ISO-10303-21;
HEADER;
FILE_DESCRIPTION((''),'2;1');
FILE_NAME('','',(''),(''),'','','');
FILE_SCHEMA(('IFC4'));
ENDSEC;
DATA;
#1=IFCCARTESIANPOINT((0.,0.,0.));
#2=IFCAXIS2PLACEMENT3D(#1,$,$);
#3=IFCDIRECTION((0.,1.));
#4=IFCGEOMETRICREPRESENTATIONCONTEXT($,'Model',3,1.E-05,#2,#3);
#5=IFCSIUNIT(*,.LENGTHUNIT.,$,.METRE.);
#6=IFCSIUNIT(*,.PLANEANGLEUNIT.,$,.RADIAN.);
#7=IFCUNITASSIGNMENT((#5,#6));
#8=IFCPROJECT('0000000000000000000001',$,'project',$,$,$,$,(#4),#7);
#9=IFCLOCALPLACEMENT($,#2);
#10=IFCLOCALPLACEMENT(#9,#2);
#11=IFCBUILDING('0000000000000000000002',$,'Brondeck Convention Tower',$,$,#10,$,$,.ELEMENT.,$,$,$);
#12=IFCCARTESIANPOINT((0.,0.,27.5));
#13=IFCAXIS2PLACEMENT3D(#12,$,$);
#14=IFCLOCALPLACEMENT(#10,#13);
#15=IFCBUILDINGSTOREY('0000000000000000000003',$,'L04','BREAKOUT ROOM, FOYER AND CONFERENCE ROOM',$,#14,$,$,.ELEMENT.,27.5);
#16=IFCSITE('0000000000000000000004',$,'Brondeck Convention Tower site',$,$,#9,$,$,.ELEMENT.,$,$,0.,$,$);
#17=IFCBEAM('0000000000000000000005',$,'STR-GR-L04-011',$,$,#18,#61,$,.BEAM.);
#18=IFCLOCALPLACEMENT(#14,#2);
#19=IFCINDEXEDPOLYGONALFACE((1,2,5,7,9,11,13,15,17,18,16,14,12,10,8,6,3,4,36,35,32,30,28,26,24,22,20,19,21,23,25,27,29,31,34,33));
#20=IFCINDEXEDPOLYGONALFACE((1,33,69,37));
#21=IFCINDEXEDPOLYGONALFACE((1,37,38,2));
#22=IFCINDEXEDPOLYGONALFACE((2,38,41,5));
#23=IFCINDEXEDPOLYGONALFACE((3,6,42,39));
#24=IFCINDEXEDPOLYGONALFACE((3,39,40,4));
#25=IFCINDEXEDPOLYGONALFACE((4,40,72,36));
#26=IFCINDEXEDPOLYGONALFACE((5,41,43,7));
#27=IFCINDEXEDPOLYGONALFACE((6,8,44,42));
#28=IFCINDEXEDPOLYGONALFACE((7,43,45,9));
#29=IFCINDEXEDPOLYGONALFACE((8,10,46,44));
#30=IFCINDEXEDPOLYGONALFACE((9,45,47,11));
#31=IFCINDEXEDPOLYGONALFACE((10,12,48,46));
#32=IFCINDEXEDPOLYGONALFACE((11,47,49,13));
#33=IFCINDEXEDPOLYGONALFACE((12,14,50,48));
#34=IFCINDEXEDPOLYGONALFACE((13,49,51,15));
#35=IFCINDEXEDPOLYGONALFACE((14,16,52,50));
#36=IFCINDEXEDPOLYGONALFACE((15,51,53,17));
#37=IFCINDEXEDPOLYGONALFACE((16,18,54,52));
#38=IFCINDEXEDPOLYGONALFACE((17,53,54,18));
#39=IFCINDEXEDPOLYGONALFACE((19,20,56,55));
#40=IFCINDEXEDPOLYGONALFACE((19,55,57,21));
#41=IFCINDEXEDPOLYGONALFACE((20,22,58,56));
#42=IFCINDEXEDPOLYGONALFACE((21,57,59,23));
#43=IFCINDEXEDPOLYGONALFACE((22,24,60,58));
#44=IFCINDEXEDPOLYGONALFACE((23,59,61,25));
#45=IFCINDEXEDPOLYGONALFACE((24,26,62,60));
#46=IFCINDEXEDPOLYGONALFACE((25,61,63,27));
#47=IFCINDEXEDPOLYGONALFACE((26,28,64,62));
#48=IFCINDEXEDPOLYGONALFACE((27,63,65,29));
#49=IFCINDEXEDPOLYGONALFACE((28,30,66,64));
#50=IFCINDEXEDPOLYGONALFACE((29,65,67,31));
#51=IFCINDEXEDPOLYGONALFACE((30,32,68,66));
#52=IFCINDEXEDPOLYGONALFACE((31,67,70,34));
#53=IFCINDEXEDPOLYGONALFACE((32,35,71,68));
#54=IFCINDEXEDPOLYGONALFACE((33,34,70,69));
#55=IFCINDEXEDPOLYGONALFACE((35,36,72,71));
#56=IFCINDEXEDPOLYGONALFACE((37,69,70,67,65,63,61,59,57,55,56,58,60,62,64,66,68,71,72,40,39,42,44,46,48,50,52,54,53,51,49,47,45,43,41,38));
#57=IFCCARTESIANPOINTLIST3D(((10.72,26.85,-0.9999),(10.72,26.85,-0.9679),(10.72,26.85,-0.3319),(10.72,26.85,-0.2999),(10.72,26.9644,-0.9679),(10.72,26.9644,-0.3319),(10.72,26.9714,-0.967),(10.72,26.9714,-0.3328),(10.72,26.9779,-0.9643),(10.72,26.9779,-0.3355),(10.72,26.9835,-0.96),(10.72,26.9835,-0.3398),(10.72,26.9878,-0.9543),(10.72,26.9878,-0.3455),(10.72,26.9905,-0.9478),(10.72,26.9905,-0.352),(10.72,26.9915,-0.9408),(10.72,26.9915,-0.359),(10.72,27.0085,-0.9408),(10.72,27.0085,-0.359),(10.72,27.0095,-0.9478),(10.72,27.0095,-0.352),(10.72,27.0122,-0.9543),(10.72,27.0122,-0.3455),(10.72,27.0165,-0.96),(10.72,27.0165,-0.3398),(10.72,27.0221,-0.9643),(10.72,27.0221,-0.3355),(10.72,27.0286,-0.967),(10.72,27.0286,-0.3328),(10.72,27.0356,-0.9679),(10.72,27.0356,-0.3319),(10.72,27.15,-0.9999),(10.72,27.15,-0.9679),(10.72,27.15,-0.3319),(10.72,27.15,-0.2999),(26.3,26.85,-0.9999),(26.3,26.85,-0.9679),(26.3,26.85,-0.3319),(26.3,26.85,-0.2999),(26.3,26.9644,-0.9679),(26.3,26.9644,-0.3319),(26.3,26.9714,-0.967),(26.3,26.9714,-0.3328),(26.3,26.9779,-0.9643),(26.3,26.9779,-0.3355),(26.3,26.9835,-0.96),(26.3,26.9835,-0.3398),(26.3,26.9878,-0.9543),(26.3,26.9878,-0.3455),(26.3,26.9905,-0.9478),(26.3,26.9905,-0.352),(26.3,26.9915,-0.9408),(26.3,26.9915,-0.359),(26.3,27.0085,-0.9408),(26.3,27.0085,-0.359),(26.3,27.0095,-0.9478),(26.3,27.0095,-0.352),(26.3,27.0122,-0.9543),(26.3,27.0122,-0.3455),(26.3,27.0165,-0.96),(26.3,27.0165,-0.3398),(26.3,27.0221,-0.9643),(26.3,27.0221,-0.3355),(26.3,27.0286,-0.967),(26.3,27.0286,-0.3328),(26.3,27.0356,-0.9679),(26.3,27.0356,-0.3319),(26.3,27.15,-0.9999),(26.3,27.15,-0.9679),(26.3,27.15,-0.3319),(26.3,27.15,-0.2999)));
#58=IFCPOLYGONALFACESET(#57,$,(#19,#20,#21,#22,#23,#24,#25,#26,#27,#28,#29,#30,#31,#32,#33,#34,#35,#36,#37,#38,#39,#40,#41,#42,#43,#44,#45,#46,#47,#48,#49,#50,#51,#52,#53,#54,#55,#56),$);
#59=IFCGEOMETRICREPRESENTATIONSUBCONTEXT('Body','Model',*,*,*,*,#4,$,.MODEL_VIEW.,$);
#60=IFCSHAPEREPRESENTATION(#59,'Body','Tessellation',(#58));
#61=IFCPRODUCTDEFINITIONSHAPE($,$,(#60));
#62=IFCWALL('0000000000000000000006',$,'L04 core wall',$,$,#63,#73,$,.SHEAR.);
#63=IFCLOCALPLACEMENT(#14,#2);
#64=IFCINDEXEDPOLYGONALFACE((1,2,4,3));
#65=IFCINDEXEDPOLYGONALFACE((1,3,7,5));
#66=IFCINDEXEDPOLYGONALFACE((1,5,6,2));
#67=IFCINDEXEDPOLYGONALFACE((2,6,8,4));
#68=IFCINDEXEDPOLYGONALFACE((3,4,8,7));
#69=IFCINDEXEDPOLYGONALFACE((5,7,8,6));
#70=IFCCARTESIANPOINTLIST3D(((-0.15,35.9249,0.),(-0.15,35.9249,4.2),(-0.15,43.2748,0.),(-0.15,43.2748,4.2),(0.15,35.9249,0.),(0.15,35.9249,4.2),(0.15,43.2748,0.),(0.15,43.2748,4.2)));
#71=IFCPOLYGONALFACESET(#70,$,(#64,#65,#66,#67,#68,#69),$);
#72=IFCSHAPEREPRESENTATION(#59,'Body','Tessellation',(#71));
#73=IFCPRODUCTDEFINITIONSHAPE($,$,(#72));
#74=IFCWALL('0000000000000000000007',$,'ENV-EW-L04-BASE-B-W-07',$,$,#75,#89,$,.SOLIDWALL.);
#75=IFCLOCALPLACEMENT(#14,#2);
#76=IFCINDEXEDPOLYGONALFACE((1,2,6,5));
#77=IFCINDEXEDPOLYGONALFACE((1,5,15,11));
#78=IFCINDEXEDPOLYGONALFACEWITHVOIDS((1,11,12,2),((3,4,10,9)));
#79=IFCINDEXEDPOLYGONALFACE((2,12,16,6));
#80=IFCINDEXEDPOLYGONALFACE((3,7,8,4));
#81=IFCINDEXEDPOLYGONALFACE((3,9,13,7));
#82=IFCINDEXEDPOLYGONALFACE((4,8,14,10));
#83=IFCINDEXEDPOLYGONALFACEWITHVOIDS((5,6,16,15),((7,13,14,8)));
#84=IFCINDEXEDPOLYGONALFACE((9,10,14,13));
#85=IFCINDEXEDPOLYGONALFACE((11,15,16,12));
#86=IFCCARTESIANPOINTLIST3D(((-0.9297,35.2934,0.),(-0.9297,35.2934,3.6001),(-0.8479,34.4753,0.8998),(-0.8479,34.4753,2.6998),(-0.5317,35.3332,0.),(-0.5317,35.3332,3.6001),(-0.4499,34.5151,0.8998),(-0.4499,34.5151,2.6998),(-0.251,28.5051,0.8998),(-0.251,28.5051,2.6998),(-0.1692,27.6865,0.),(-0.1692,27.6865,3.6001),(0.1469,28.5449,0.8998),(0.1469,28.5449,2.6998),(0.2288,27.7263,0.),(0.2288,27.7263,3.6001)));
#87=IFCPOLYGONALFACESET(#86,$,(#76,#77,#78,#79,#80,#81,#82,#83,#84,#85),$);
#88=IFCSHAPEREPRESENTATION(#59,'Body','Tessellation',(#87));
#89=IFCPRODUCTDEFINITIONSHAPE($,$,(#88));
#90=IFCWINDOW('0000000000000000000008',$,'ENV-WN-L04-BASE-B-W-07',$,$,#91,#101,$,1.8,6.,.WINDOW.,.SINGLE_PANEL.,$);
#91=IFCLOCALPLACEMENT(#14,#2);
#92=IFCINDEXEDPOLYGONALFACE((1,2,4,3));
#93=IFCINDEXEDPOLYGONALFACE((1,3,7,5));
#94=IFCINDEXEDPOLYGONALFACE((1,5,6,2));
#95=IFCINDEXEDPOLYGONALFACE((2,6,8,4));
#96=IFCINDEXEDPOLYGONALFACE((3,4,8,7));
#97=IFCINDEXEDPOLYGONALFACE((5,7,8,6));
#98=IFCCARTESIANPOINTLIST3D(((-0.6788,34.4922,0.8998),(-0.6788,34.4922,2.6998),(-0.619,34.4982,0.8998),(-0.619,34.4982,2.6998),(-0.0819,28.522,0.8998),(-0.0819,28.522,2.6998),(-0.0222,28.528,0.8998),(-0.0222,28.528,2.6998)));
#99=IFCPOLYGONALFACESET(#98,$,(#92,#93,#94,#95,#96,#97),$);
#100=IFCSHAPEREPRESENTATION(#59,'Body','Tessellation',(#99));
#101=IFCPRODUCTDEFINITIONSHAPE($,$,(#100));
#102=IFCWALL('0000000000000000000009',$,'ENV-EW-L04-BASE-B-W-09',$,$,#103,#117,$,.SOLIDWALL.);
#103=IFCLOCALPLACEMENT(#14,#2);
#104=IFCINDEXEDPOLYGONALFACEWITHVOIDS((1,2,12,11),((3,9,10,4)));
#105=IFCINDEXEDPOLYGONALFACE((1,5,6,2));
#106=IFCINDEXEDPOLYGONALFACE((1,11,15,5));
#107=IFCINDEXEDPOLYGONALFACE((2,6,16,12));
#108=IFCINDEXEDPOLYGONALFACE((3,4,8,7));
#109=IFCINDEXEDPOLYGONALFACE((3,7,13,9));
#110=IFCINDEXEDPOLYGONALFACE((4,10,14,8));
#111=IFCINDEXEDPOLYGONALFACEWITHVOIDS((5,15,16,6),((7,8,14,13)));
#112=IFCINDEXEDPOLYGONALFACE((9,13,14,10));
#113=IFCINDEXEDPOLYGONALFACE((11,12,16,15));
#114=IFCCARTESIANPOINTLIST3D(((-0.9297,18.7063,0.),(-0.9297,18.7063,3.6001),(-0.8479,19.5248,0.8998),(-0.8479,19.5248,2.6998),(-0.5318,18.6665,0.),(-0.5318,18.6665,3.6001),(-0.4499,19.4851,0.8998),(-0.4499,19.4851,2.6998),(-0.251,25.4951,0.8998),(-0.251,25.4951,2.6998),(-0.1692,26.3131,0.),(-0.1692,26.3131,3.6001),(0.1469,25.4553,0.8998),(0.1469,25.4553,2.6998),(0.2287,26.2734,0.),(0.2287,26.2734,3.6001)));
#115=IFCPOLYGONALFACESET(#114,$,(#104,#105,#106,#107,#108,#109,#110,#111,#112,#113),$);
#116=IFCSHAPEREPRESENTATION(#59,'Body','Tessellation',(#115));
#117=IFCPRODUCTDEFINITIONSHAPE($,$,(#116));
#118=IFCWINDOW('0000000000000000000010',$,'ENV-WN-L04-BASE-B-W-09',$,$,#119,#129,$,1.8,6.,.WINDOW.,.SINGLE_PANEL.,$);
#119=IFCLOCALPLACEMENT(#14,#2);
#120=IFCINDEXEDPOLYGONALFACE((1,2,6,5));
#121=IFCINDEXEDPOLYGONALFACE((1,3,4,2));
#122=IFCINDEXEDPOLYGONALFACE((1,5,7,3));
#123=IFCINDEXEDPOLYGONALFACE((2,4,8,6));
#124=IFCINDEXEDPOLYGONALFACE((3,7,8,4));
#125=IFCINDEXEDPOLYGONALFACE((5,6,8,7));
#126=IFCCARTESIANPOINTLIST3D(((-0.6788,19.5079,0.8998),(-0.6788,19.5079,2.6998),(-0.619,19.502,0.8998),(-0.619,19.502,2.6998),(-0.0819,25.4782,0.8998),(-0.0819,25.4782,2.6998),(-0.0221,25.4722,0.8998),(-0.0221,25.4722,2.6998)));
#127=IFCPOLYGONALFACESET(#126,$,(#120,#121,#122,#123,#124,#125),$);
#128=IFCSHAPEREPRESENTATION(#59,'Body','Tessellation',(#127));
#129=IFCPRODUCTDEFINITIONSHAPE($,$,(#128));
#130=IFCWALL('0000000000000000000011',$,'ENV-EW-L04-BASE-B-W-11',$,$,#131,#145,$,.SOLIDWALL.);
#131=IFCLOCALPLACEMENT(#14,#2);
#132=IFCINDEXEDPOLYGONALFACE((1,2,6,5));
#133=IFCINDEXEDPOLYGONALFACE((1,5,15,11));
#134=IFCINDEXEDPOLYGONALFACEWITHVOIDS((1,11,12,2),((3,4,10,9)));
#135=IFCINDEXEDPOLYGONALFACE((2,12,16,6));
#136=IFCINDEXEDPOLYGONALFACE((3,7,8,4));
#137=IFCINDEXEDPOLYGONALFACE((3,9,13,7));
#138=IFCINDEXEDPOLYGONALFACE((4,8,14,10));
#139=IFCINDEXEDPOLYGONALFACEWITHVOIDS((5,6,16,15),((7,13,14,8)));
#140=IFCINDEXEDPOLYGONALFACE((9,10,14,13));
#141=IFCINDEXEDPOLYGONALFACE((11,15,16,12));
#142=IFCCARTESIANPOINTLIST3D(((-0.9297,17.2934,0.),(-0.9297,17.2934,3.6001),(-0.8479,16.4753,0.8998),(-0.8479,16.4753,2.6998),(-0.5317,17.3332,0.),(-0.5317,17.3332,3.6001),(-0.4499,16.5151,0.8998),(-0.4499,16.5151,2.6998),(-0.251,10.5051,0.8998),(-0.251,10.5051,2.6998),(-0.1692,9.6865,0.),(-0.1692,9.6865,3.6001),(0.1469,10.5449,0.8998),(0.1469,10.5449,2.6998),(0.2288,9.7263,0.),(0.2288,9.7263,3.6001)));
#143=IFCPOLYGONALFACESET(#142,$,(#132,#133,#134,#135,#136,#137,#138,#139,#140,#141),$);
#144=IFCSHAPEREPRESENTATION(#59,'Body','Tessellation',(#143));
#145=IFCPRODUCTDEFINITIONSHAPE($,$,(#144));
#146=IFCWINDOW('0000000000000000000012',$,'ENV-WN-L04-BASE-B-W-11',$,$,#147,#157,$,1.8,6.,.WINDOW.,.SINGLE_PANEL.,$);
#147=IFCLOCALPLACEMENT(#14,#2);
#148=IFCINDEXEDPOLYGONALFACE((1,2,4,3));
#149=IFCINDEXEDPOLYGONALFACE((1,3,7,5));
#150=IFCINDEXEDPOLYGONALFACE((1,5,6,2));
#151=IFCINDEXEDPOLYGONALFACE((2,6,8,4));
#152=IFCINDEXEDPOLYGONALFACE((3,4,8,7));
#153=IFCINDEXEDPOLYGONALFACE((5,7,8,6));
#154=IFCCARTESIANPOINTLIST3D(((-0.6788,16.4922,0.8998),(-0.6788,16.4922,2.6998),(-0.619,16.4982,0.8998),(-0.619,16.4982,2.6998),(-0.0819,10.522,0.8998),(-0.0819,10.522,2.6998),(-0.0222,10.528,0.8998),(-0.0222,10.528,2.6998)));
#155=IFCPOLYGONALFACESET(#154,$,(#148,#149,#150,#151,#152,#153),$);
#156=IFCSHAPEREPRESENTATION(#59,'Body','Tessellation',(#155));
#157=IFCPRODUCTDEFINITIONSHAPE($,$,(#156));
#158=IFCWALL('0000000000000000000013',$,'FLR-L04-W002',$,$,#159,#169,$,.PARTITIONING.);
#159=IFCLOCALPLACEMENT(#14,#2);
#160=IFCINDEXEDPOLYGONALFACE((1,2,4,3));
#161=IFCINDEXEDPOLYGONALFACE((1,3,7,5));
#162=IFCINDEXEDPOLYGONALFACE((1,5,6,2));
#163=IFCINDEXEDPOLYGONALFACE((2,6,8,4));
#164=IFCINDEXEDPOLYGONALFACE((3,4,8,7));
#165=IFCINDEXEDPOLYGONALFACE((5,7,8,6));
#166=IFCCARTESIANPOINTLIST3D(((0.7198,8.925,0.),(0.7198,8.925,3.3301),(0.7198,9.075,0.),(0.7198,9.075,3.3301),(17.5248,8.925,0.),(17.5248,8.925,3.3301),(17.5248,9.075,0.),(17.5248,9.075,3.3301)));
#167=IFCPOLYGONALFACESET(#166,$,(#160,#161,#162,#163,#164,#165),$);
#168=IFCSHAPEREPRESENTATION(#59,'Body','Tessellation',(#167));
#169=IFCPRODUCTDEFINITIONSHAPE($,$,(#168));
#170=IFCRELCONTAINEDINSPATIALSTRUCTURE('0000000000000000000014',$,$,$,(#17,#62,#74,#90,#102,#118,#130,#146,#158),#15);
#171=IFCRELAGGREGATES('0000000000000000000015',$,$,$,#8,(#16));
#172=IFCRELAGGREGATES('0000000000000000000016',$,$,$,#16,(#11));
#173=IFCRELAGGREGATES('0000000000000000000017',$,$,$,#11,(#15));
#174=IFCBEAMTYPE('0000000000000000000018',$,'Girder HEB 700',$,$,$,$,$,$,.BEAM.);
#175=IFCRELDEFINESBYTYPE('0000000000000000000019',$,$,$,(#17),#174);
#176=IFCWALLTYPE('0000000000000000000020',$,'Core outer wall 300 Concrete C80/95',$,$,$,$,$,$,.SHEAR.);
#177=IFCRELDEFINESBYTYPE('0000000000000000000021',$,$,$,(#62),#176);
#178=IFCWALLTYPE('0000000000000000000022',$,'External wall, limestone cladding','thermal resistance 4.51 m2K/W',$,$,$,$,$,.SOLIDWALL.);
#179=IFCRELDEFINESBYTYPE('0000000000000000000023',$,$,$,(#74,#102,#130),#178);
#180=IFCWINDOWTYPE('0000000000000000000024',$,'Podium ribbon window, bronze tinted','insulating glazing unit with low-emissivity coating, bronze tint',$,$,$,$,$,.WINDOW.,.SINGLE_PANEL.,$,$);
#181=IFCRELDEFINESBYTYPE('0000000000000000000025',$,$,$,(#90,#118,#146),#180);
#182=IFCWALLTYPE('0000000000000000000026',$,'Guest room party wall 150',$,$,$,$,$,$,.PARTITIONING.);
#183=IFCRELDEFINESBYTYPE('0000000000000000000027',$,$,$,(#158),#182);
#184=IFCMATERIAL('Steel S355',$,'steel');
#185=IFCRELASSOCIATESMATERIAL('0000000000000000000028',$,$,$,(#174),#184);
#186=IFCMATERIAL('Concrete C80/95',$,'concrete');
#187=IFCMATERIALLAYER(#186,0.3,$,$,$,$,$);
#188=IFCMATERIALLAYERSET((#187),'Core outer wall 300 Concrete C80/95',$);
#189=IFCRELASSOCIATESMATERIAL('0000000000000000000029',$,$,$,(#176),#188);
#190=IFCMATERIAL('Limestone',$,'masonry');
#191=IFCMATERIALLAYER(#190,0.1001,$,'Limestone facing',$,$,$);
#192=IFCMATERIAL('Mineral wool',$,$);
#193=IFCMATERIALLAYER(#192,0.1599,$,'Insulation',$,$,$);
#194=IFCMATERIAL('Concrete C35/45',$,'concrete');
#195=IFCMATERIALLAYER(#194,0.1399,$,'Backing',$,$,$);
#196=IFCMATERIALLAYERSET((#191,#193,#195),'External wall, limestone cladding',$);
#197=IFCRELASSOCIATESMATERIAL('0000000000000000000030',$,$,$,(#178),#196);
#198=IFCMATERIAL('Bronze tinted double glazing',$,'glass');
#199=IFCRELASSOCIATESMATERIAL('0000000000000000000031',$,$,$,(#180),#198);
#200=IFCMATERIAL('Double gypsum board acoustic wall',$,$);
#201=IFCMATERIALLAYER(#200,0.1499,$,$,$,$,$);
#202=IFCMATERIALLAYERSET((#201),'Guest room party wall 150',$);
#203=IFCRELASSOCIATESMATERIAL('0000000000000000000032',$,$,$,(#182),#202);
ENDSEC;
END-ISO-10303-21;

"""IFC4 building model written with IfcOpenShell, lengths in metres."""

from ifc_helpers import new_model, si_unit, direction, frame, frame_2d, origin, origin_2d, place, context, subcontext, project, spatial, rectangle, i_section, extrude, material, layer, layer_set, material_profile, profile_set, type_object, element, fill, save


model = new_model("IFC4")

# Units and contexts
model_context = context("Model", 3, precision=1e-05, world=origin(), true_north=direction((0.0, 1.0)))
body_context = subcontext(model_context, "Body", "Model", "MODEL_VIEW")
ifc_project = project(units=[si_unit("LENGTHUNIT", "METRE"), si_unit("PLANEANGLEUNIT", "RADIAN")], contexts=[model_context])

# Site, building, storey
site_placement = place(None, origin())
site = spatial("IfcSite", under=ifc_project, at=site_placement, Name="Brondeck Convention Tower site", CompositionType="ELEMENT", RefElevation=0.0)
building_placement = place(site_placement, origin())
building = spatial("IfcBuilding", under=site, at=building_placement, Name="Brondeck Convention Tower", CompositionType="ELEMENT")
storey_placement = place(building_placement, frame((0.0, 0.0, 27.5)))
storey = spatial("IfcBuildingStorey", under=building, at=storey_placement, Name="L04", Description="BREAKOUT ROOM, FOYER AND CONFERENCE ROOM", CompositionType="ELEMENT", Elevation=27.5)

# Shared definitions
ifc_material_1 = material(Name="Concrete C80/95", Category="concrete")

# Beam
ifc_material_2 = material(Name="Steel S355", Category="steel")
ifc_material_profile_1 = material_profile(ifc_material_2, i_section(OverallWidth=0.3, OverallDepth=0.7, WebThickness=0.0171, FlangeThickness=0.032, FilletRadius=0.0271, at=origin_2d()), Name="HEB 700")
ifc_profile_set_1 = profile_set([ifc_material_profile_1], Name="Steel S355")
beam_type_1 = type_object("IfcBeamType", Name="Girder HEB 700", PredefinedType="BEAM", material=ifc_profile_set_1)
beam_1_placement = place(storey_placement, frame((10.72, 27.0, -0.6499), z_axis=(1.0, 0.0, 0.0), x_axis=(0.0, 1.0, 0.0)))
element("IfcBeam", 1, at=beam_1_placement, inside=storey, type_object=beam_type_1, Name="STR-GR-L04-011", PredefinedType="BEAM", context=body_context, shape_type="SweptSolid", body=[
    extrude(i_section(OverallWidth=0.3, OverallDepth=0.7, WebThickness=0.0171, FlangeThickness=0.032, FilletRadius=0.0271, at=origin_2d()), origin(), (0.0, 0.0, 1.0), 15.5801),
])

# Wall
ifc_layer_1 = layer(ifc_material_1, 0.3)
ifc_layer_set_1 = layer_set([ifc_layer_1], Name="Core outer wall 300 Concrete C80/95")
wall_type_1 = type_object("IfcWallType", Name="Core outer wall 300 Concrete C80/95", PredefinedType="SHEAR", material=ifc_layer_set_1)
wall_1_placement = place(storey_placement, frame((0.0, 35.925, 0.0), z_axis=(0.0, 0.0, 1.0), x_axis=(0.0, 1.0, 0.0)))
element("IfcWall", 2, at=wall_1_placement, inside=storey, type_object=wall_type_1, Name="L04 core wall", PredefinedType="SHEAR", context=body_context, shape_type="SweptSolid", body=[
    extrude(rectangle(XDim=7.3499, YDim=0.3, at=frame_2d((3.6748, 0.0))), origin(), (0.0, 0.0, 1.0), 4.2),
])

# Walls, openings, windows
ifc_material_3 = material(Name="Limestone", Category="masonry")
ifc_layer_2 = layer(ifc_material_3, 0.1001, Name="Limestone facing")
ifc_material_4 = material(Name="Mineral wool")
ifc_layer_3 = layer(ifc_material_4, 0.1599, Name="Insulation")
ifc_material_5 = material(Name="Concrete C35/45", Category="concrete")
ifc_layer_4 = layer(ifc_material_5, 0.1399, Name="Backing")
ifc_layer_set_2 = layer_set([ifc_layer_2, ifc_layer_3, ifc_layer_4], Name="External wall, limestone cladding")
wall_type_2 = type_object("IfcWallType", Name="External wall, limestone cladding", Description="thermal resistance 4.51 m2K/W", PredefinedType="SOLIDWALL", material=ifc_layer_set_2)
wall_2_placement = place(storey_placement, frame((0.0298, 27.7065, 0.0), z_axis=(0.0, 0.0, 1.0), x_axis=(-0.099478, 0.99504, 0.0)))
wall_2 = element("IfcWall", 3, at=wall_2_placement, inside=storey, type_object=wall_type_2, Name="ENV-EW-L04-BASE-B-W-07", PredefinedType="SOLIDWALL", context=body_context, shape_type="SweptSolid", body=[
    extrude(rectangle(XDim=7.6448, YDim=0.3999, at=frame_2d((3.8223, 0.0))), origin(), (0.0, 0.0, 1.0), 3.6001),
])
opening_1_placement = place(wall_2_placement, frame((0.8225, 0.0, 0.8999)))
opening_1 = element("IfcOpeningElement", 4, at=opening_1_placement, cuts=wall_2, PredefinedType="OPENING", context=body_context, shape_type="SweptSolid", body=[
    extrude(rectangle(XDim=6.0, YDim=1.8, at=frame_2d((3.0, 0.8999))), frame((0.0, 0.21, 0.0), z_axis=(0.0, -1.0, 0.0), x_axis=(1.0, 0.0, 0.0)), (0.0, 0.0, 1.0), 0.4199),
])
ifc_material_6 = material(Name="Bronze tinted double glazing", Category="glass")
window_type = type_object("IfcWindowType", Name="Podium ribbon window, bronze tinted", Description="insulating glazing unit with low-emissivity coating, bronze tint", PartitioningType="SINGLE_PANEL", PredefinedType="WINDOW", material=ifc_material_6)
window_1_placement = place(opening_1_placement, origin())
window_1 = element("IfcWindow", 5, at=window_1_placement, inside=storey, type_object=window_type, Name="ENV-WN-L04-BASE-B-W-07", OverallHeight=1.8, OverallWidth=6.0, PartitioningType="SINGLE_PANEL", PredefinedType="WINDOW", context=body_context, shape_type="SweptSolid", body=[
    extrude(rectangle(XDim=6.0, YDim=1.8, at=frame_2d((3.0, 0.8999))), frame((0.0, 0.03, 0.0), z_axis=(0.0, -1.0, 0.0), x_axis=(1.0, 0.0, 0.0)), (0.0, 0.0, 1.0), 0.0601),
])
fill(opening_1, window_1)
wall_3_placement = place(storey_placement, frame((-0.7307, 18.6865, 0.0), z_axis=(0.0, 0.0, 1.0), x_axis=(0.099478, 0.99504, 0.0)))
wall_3 = element("IfcWall", 6, at=wall_3_placement, inside=storey, type_object=wall_type_2, Name="ENV-EW-L04-BASE-B-W-09", PredefinedType="SOLIDWALL", context=body_context, shape_type="SweptSolid", body=[
    extrude(rectangle(XDim=7.6448, YDim=0.3999, at=frame_2d((3.8223, 0.0))), origin(), (0.0, 0.0, 1.0), 3.6001),
])
opening_2_placement = place(wall_3_placement, frame((0.8225, 0.0, 0.8999)))
opening_2 = element("IfcOpeningElement", 7, at=opening_2_placement, cuts=wall_3, PredefinedType="OPENING", context=body_context, shape_type="SweptSolid", body=[
    extrude(rectangle(XDim=6.0, YDim=1.8, at=frame_2d((3.0, 0.8999))), frame((0.0, 0.21, 0.0), z_axis=(0.0, -1.0, 0.0), x_axis=(1.0, 0.0, 0.0)), (0.0, 0.0, 1.0), 0.4199),
])
window_2_placement = place(opening_2_placement, origin())
window_2 = element("IfcWindow", 8, at=window_2_placement, inside=storey, type_object=window_type, Name="ENV-WN-L04-BASE-B-W-09", OverallHeight=1.8, OverallWidth=6.0, PartitioningType="SINGLE_PANEL", PredefinedType="WINDOW", context=body_context, shape_type="SweptSolid", body=[
    extrude(rectangle(XDim=6.0, YDim=1.8, at=frame_2d((3.0, 0.8999))), frame((0.0, 0.03, 0.0), z_axis=(0.0, -1.0, 0.0), x_axis=(1.0, 0.0, 0.0)), (0.0, 0.0, 1.0), 0.0601),
])
fill(opening_2, window_2)
wall_4_placement = place(storey_placement, frame((0.0298, 9.7065, 0.0), z_axis=(0.0, 0.0, 1.0), x_axis=(-0.099478, 0.99504, 0.0)))
wall_4 = element("IfcWall", 9, at=wall_4_placement, inside=storey, type_object=wall_type_2, Name="ENV-EW-L04-BASE-B-W-11", PredefinedType="SOLIDWALL", context=body_context, shape_type="SweptSolid", body=[
    extrude(rectangle(XDim=7.6448, YDim=0.3999, at=frame_2d((3.8223, 0.0))), origin(), (0.0, 0.0, 1.0), 3.6001),
])
opening_3_placement = place(wall_4_placement, frame((0.8225, 0.0, 0.8999)))
opening_3 = element("IfcOpeningElement", 10, at=opening_3_placement, cuts=wall_4, PredefinedType="OPENING", context=body_context, shape_type="SweptSolid", body=[
    extrude(rectangle(XDim=6.0, YDim=1.8, at=frame_2d((3.0, 0.8999))), frame((0.0, 0.21, 0.0), z_axis=(0.0, -1.0, 0.0), x_axis=(1.0, 0.0, 0.0)), (0.0, 0.0, 1.0), 0.4199),
])
window_3_placement = place(opening_3_placement, origin())
window_3 = element("IfcWindow", 11, at=window_3_placement, inside=storey, type_object=window_type, Name="ENV-WN-L04-BASE-B-W-11", OverallHeight=1.8, OverallWidth=6.0, PartitioningType="SINGLE_PANEL", PredefinedType="WINDOW", context=body_context, shape_type="SweptSolid", body=[
    extrude(rectangle(XDim=6.0, YDim=1.8, at=frame_2d((3.0, 0.8999))), frame((0.0, 0.03, 0.0), z_axis=(0.0, -1.0, 0.0), x_axis=(1.0, 0.0, 0.0)), (0.0, 0.0, 1.0), 0.0601),
])
fill(opening_3, window_3)

# Wall
ifc_material_7 = material(Name="Double gypsum board acoustic wall")
ifc_layer_5 = layer(ifc_material_7, 0.1499)
ifc_layer_set_3 = layer_set([ifc_layer_5], Name="Guest room party wall 150")
wall_type_3 = type_object("IfcWallType", Name="Guest room party wall 150", PredefinedType="PARTITIONING", material=ifc_layer_set_3)
wall_5_placement = place(storey_placement, frame((0.72, 9.0, 0.0), z_axis=(0.0, 0.0, 1.0), x_axis=(1.0, 0.0, 0.0)))
element("IfcWall", 12, at=wall_5_placement, inside=storey, type_object=wall_type_3, Name="FLR-L04-W002", PredefinedType="PARTITIONING", context=body_context, shape_type="SweptSolid", body=[
    extrude(rectangle(XDim=16.8049, YDim=0.1499, at=frame_2d((8.4023, 0.0))), origin(), (0.0, 0.0, 1.0), 3.3301),
])

save(model, "model.ifc")
